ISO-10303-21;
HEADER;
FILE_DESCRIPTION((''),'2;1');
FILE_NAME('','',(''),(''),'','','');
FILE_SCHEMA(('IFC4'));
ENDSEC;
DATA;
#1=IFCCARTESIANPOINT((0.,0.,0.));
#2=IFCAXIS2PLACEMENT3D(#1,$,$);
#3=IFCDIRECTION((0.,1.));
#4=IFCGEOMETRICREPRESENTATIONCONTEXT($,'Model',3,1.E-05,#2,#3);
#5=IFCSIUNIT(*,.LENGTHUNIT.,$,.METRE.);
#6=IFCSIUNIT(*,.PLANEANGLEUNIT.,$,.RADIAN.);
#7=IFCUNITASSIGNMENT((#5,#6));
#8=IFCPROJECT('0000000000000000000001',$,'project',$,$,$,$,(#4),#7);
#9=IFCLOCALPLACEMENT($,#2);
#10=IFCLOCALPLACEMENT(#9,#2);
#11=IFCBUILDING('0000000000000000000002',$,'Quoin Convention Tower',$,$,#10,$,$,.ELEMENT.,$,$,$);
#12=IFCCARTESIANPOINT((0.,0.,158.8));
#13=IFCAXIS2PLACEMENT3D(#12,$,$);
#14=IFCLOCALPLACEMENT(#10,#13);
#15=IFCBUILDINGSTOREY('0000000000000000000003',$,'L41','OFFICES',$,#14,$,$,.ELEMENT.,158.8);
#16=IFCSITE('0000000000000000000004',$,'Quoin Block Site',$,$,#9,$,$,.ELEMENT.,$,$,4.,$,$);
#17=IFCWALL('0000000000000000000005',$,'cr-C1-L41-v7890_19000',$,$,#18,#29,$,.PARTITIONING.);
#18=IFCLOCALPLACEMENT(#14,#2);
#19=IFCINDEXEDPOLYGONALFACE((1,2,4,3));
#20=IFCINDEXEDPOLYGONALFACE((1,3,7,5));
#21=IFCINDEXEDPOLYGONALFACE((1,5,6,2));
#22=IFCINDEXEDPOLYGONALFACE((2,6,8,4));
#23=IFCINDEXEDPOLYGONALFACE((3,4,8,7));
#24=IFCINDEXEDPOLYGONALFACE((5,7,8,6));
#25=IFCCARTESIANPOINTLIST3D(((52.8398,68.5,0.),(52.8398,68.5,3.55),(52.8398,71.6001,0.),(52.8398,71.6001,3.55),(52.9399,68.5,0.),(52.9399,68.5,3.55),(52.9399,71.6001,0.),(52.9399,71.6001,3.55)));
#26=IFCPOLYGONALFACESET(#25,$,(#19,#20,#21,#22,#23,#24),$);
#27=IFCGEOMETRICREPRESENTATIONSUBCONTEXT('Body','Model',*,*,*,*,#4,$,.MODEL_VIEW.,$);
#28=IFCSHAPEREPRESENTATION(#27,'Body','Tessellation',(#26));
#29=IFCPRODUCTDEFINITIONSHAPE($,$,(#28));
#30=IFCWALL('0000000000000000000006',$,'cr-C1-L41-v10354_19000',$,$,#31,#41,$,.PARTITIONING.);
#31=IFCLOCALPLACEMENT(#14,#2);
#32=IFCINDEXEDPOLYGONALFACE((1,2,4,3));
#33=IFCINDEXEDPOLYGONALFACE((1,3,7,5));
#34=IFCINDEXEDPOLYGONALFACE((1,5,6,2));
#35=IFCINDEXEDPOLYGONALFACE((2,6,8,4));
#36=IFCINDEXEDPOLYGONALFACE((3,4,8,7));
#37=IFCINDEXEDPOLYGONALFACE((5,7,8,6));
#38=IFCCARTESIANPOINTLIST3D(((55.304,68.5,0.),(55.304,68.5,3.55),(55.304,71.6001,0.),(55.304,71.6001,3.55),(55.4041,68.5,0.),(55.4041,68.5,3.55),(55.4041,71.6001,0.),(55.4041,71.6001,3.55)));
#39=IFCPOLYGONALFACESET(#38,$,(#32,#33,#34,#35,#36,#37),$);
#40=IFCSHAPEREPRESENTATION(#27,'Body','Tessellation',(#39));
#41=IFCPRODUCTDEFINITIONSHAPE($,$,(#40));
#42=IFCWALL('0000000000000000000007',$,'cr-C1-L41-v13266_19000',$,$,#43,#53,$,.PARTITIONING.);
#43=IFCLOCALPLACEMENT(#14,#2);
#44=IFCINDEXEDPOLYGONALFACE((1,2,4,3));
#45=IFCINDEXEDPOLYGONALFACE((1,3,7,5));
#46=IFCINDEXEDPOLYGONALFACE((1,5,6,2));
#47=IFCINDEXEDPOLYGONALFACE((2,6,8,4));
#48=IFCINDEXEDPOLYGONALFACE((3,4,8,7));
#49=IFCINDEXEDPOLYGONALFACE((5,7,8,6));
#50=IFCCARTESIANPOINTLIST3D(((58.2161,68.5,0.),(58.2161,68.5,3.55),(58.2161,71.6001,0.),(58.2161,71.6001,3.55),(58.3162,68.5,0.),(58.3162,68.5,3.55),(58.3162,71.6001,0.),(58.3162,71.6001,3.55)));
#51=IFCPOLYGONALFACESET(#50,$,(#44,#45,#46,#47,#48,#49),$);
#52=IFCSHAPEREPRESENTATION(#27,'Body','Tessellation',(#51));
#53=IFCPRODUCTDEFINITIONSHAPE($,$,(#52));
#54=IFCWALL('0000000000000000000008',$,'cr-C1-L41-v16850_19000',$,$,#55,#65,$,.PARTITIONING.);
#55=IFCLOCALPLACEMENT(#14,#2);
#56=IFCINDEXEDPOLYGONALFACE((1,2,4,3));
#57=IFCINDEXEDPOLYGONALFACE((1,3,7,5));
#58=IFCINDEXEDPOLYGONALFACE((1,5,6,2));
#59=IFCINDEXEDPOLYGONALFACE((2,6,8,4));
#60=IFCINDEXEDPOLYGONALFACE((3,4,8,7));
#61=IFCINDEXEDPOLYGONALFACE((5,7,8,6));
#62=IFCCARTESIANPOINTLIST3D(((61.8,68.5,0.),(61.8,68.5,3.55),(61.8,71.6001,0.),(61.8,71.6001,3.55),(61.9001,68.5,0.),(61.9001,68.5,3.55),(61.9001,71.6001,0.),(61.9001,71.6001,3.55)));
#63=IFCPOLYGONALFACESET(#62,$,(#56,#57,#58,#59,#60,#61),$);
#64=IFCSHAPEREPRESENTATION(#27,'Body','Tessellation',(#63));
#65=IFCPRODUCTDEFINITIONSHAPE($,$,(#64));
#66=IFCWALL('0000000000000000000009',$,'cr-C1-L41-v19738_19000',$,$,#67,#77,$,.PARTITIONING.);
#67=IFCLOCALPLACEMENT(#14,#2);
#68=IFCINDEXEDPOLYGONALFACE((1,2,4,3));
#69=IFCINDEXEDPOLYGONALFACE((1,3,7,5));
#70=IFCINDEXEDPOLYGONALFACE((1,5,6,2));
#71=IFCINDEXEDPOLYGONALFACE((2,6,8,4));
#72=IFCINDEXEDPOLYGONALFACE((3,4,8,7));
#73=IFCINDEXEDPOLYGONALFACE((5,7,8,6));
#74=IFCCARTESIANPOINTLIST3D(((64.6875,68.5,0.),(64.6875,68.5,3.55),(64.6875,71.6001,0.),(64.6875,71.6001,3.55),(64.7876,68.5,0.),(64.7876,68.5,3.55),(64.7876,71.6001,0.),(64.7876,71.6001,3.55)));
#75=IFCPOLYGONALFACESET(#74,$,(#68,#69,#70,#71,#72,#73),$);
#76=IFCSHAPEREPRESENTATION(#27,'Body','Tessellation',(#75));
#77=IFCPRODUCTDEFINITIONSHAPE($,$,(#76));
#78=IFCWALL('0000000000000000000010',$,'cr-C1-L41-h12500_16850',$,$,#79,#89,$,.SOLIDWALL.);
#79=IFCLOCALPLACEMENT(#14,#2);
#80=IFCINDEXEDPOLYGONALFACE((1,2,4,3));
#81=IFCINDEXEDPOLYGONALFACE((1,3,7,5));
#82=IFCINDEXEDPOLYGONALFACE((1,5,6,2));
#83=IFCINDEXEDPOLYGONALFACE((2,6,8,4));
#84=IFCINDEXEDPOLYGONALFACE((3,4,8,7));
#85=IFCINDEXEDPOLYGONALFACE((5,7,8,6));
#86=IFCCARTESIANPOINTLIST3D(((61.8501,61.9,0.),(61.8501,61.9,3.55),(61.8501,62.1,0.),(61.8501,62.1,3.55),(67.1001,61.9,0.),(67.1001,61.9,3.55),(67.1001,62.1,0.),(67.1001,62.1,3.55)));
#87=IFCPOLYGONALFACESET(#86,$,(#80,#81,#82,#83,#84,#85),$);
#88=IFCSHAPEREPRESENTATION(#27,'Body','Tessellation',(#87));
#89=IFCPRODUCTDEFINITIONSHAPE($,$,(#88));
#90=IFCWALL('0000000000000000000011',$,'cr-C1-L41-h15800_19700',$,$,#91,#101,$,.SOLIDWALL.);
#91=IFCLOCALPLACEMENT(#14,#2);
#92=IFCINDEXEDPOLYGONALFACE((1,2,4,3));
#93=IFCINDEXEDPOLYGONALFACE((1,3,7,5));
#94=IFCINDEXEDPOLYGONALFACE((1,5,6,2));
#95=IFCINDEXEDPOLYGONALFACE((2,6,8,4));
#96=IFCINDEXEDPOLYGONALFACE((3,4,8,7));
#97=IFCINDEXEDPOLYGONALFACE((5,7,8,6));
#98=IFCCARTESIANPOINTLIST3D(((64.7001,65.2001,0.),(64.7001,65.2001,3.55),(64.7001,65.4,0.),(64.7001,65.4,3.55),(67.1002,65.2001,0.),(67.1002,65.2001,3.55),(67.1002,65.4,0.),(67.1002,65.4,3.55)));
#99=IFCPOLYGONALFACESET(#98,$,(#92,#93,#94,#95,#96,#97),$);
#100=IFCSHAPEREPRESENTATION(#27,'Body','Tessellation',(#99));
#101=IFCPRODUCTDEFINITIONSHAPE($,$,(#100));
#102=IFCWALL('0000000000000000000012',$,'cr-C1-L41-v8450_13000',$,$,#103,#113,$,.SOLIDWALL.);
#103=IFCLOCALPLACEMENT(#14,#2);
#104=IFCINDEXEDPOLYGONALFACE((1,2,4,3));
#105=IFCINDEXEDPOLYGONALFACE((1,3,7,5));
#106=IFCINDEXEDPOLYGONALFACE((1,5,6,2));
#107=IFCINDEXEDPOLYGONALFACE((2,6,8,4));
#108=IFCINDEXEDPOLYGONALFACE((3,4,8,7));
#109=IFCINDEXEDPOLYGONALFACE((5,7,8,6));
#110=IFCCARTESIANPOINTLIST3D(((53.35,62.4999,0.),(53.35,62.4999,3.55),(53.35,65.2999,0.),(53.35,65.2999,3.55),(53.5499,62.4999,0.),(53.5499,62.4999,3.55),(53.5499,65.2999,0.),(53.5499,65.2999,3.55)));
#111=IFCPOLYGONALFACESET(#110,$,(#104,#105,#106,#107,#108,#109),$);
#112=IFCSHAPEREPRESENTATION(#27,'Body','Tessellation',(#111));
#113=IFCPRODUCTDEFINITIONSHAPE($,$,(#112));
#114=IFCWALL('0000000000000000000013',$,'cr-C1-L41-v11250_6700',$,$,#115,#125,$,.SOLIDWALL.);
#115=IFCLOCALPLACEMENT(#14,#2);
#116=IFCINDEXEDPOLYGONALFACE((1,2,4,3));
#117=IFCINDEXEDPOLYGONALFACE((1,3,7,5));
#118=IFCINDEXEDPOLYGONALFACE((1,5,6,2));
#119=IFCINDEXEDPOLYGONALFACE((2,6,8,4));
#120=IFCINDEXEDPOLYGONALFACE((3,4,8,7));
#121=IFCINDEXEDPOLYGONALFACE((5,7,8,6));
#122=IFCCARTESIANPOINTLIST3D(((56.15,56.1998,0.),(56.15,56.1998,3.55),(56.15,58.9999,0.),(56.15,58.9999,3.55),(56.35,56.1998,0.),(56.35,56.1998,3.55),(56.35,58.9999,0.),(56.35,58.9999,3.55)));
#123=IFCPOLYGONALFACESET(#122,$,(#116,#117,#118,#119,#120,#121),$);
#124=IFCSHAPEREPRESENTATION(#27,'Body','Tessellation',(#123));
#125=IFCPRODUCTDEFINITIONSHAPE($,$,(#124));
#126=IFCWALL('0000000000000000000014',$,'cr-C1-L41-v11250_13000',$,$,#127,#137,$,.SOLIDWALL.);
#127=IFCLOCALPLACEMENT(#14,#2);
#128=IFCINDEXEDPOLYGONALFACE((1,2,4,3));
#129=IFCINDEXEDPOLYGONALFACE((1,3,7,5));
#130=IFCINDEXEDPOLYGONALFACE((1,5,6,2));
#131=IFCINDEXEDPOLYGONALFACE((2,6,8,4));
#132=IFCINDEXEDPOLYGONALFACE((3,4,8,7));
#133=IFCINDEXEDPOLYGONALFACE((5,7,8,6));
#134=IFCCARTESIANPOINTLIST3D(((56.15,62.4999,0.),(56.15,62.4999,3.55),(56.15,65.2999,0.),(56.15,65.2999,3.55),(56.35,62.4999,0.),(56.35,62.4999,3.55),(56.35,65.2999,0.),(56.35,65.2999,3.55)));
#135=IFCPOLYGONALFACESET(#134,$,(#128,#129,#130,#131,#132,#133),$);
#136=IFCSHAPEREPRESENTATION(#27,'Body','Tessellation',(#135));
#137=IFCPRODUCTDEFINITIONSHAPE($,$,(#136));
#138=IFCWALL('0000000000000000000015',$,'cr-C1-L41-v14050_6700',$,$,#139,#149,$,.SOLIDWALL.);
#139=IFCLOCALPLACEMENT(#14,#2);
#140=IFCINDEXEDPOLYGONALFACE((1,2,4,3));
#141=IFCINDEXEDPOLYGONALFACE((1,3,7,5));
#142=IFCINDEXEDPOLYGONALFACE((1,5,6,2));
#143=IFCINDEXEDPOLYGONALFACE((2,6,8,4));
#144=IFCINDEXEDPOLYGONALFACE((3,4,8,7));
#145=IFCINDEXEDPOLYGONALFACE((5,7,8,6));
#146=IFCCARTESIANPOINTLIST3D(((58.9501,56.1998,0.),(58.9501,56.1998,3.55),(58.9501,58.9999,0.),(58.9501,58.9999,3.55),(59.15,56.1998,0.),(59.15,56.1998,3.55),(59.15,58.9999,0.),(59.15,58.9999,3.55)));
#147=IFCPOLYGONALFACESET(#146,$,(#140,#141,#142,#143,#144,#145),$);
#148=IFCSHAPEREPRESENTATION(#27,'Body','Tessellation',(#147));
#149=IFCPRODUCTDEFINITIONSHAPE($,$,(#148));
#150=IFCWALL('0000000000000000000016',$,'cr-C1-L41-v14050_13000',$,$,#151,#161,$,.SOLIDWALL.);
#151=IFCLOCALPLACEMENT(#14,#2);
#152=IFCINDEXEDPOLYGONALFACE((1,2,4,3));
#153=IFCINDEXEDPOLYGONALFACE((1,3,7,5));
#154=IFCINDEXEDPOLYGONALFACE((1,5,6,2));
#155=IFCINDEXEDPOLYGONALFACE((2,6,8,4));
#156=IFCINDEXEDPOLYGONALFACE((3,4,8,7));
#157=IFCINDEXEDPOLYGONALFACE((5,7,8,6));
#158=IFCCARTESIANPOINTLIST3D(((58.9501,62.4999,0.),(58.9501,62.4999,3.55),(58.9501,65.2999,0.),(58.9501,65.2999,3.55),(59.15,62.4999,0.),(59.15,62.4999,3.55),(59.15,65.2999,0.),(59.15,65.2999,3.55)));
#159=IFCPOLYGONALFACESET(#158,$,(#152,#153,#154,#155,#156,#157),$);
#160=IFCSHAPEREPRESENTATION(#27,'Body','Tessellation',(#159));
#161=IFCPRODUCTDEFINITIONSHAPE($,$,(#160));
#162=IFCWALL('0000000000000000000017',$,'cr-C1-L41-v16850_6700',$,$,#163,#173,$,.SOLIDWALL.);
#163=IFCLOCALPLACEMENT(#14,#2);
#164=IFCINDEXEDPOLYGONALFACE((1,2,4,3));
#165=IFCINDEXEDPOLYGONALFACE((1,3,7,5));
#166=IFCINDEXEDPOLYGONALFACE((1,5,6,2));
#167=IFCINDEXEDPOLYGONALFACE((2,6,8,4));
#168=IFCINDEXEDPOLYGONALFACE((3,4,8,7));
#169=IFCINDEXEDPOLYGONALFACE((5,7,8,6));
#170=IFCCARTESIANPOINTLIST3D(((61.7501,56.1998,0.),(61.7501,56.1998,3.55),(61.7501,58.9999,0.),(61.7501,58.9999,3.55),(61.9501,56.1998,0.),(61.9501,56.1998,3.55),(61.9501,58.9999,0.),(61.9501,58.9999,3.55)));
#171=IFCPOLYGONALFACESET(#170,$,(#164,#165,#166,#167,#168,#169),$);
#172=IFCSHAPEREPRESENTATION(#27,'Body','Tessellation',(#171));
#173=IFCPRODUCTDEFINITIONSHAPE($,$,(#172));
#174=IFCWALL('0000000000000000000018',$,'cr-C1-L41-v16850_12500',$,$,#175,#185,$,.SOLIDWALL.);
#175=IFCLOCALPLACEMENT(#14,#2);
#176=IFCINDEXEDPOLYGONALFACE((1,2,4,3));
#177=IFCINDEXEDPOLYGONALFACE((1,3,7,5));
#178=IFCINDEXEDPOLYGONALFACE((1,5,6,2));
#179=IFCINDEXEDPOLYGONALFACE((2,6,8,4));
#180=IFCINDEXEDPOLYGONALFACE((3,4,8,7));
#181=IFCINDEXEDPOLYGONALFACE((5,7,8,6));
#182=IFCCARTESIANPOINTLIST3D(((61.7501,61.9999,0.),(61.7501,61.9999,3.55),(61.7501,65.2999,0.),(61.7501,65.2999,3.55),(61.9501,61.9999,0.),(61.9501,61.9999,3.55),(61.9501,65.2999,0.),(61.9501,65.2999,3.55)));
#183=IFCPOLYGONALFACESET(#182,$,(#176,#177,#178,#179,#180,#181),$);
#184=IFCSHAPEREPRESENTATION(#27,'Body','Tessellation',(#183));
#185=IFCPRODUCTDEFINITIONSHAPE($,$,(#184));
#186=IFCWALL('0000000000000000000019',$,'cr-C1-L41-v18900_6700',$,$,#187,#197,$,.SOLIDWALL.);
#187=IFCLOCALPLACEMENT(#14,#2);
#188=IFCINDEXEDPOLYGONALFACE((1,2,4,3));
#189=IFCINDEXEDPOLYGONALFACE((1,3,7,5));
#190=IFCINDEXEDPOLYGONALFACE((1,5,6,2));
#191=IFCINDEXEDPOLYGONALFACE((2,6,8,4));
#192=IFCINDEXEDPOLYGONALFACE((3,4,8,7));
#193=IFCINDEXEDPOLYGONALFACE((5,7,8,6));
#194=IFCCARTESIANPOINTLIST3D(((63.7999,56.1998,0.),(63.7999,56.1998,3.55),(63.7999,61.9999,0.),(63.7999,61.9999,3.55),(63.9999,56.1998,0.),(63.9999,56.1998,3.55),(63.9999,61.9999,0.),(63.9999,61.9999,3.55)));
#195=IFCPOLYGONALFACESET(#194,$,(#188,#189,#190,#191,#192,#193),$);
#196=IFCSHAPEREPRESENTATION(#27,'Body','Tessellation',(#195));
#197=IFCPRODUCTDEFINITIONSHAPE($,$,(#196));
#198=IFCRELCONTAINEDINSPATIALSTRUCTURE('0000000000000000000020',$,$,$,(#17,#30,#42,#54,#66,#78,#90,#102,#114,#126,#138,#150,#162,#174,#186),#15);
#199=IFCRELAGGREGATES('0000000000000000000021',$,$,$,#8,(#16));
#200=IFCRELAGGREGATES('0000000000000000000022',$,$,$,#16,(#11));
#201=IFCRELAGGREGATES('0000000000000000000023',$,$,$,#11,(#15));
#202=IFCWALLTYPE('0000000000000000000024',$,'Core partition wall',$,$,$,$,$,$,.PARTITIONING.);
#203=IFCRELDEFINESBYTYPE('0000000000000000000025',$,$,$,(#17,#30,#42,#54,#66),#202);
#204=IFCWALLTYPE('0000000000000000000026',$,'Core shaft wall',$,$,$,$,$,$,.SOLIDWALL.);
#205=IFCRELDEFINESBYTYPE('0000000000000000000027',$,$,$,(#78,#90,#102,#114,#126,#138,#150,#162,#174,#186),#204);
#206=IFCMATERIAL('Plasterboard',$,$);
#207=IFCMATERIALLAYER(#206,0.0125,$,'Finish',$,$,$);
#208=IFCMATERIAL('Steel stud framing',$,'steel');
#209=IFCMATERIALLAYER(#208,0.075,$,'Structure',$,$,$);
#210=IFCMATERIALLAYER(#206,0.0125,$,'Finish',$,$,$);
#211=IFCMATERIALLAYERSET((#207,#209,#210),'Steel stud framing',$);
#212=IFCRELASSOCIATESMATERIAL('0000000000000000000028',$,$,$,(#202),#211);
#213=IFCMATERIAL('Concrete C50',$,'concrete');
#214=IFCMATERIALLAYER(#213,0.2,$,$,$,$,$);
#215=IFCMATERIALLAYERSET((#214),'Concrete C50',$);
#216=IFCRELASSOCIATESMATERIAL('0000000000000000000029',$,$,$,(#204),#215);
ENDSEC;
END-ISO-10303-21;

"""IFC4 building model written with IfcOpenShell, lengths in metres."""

from ifc_helpers import new_model, si_unit, direction, frame, frame_2d, origin, place, context, subcontext, project, spatial, rectangle, extrude, material, layer, layer_set, type_object, element, save


model = new_model("IFC4")

# Units and contexts
model_context = context("Model", 3, precision=1e-05, world=origin(), true_north=direction((0.0, 1.0)))
body_context = subcontext(model_context, "Body", "Model", "MODEL_VIEW")
ifc_project = project(units=[si_unit("LENGTHUNIT", "METRE"), si_unit("PLANEANGLEUNIT", "RADIAN")], contexts=[model_context])

# Site, building, storey
site_placement = place(None, origin())
site = spatial("IfcSite", under=ifc_project, at=site_placement, Name="Quoin Block Site", CompositionType="ELEMENT", RefElevation=4.0)
building_placement = place(site_placement, origin())
building = spatial("IfcBuilding", under=site, at=building_placement, Name="Quoin Convention Tower", CompositionType="ELEMENT")
storey_placement = place(building_placement, frame((0.0, 0.0, 158.8)))
storey = spatial("IfcBuildingStorey", under=building, at=storey_placement, Name="L41", Description="OFFICES", CompositionType="ELEMENT", Elevation=158.8)

# Walls
ifc_material_1 = material(Name="Plasterboard")
ifc_layer_1 = layer(ifc_material_1, 0.0125, Name="Finish")
ifc_material_2 = material(Name="Steel stud framing", Category="steel")
ifc_layer_2 = layer(ifc_material_2, 0.075, Name="Structure")
ifc_layer_3 = layer(ifc_material_1, 0.0125, Name="Finish")
ifc_layer_set_1 = layer_set([ifc_layer_1, ifc_layer_2, ifc_layer_3], Name="Steel stud framing")
wall_type_1 = type_object("IfcWallType", Name="Core partition wall", PredefinedType="PARTITIONING", material=ifc_layer_set_1)
for number, where, z_axis, x_axis, name in (
    (1, (52.8899, 68.5, 0.0), (0.0, 0.0, 1.0), (0.0, 1.0, 0.0), "cr-C1-L41-v7890_19000"),
    (2, (55.354, 68.5, 0.0), (0.0, 0.0, 1.0), (0.0, 1.0, 0.0), "cr-C1-L41-v10354_19000"),
    (3, (58.2661, 68.5, 0.0), (0.0, 0.0, 1.0), (0.0, 1.0, 0.0), "cr-C1-L41-v13266_19000"),
    (4, (61.8501, 68.5, 0.0), (0.0, 0.0, 1.0), (0.0, 1.0, 0.0), "cr-C1-L41-v16850_19000"),
    (5, (64.7375, 68.5, 0.0), (0.0, 0.0, 1.0), (0.0, 1.0, 0.0), "cr-C1-L41-v19738_19000"),
):
    element("IfcWall", number, at=place(storey_placement, frame(where, z_axis=z_axis, x_axis=x_axis)), inside=storey, type_object=wall_type_1, Name=name, PredefinedType="PARTITIONING", context=body_context, shape_type="SweptSolid", body=[
        extrude(rectangle(XDim=3.1001, YDim=0.1001, at=frame_2d((1.55, 0.0))), origin(), (0.0, 0.0, 1.0), 3.55),
    ])
ifc_material_3 = material(Name="Concrete C50", Category="concrete")
ifc_layer_4 = layer(ifc_material_3, 0.2)
ifc_layer_set_2 = layer_set([ifc_layer_4], Name="Concrete C50")
wall_type_2 = type_object("IfcWallType", Name="Core shaft wall", PredefinedType="SOLIDWALL", material=ifc_layer_set_2)
wall_1_placement = place(storey_placement, frame((61.8501, 62.0, 0.0), z_axis=(0.0, 0.0, 1.0), x_axis=(1.0, 0.0, 0.0)))
element("IfcWall", 6, at=wall_1_placement, inside=storey, type_object=wall_type_2, Name="cr-C1-L41-h12500_16850", PredefinedType="SOLIDWALL", context=body_context, shape_type="SweptSolid", body=[
    extrude(rectangle(XDim=5.25, YDim=0.2, at=frame_2d((2.625, 0.0))), origin(), (0.0, 0.0, 1.0), 3.55),
])
wall_2_placement = place(storey_placement, frame((64.7, 65.3, 0.0), z_axis=(0.0, 0.0, 1.0), x_axis=(1.0, 0.0, 0.0)))
element("IfcWall", 7, at=wall_2_placement, inside=storey, type_object=wall_type_2, Name="cr-C1-L41-h15800_19700", PredefinedType="SOLIDWALL", context=body_context, shape_type="SweptSolid", body=[
    extrude(rectangle(XDim=2.4001, YDim=0.2, at=frame_2d((1.2002, 0.0))), origin(), (0.0, 0.0, 1.0), 3.55),
])
for number, where, z_axis, x_axis, name in (
    (8, (53.45, 62.5, 0.0), (0.0, 0.0, 1.0), (0.0, 1.0, 0.0), "cr-C1-L41-v8450_13000"),
    (9, (56.25, 56.2, 0.0), (0.0, 0.0, 1.0), (0.0, 1.0, 0.0), "cr-C1-L41-v11250_6700"),
    (10, (56.25, 62.5, 0.0), (0.0, 0.0, 1.0), (0.0, 1.0, 0.0), "cr-C1-L41-v11250_13000"),
    (11, (59.05, 56.2, 0.0), (0.0, 0.0, 1.0), (0.0, 1.0, 0.0), "cr-C1-L41-v14050_6700"),
    (12, (59.05, 62.5, 0.0), (0.0, 0.0, 1.0), (0.0, 1.0, 0.0), "cr-C1-L41-v14050_13000"),
    (13, (61.8501, 56.2, 0.0), (0.0, 0.0, 1.0), (0.0, 1.0, 0.0), "cr-C1-L41-v16850_6700"),
):
    element("IfcWall", number, at=place(storey_placement, frame(where, z_axis=z_axis, x_axis=x_axis)), inside=storey, type_object=wall_type_2, Name=name, PredefinedType="SOLIDWALL", context=body_context, shape_type="SweptSolid", body=[
        extrude(rectangle(XDim=2.8, YDim=0.2, at=frame_2d((1.3999, 0.0))), origin(), (0.0, 0.0, 1.0), 3.55),
    ])
wall_3_placement = place(storey_placement, frame((61.8501, 62.0, 0.0), z_axis=(0.0, 0.0, 1.0), x_axis=(0.0, 1.0, 0.0)))
element("IfcWall", 14, at=wall_3_placement, inside=storey, type_object=wall_type_2, Name="cr-C1-L41-v16850_12500", PredefinedType="SOLIDWALL", context=body_context, shape_type="SweptSolid", body=[
    extrude(rectangle(XDim=3.3, YDim=0.2, at=frame_2d((1.6499, 0.0))), origin(), (0.0, 0.0, 1.0), 3.55),
])
wall_4_placement = place(storey_placement, frame((63.8999, 56.2, 0.0), z_axis=(0.0, 0.0, 1.0), x_axis=(0.0, 1.0, 0.0)))
element("IfcWall", 15, at=wall_4_placement, inside=storey, type_object=wall_type_2, Name="cr-C1-L41-v18900_6700", PredefinedType="SOLIDWALL", context=body_context, shape_type="SweptSolid", body=[
    extrude(rectangle(XDim=5.8, YDim=0.2, at=frame_2d((2.8999, 0.0))), origin(), (0.0, 0.0, 1.0), 3.55),
])

save(model, "model.ifc")
